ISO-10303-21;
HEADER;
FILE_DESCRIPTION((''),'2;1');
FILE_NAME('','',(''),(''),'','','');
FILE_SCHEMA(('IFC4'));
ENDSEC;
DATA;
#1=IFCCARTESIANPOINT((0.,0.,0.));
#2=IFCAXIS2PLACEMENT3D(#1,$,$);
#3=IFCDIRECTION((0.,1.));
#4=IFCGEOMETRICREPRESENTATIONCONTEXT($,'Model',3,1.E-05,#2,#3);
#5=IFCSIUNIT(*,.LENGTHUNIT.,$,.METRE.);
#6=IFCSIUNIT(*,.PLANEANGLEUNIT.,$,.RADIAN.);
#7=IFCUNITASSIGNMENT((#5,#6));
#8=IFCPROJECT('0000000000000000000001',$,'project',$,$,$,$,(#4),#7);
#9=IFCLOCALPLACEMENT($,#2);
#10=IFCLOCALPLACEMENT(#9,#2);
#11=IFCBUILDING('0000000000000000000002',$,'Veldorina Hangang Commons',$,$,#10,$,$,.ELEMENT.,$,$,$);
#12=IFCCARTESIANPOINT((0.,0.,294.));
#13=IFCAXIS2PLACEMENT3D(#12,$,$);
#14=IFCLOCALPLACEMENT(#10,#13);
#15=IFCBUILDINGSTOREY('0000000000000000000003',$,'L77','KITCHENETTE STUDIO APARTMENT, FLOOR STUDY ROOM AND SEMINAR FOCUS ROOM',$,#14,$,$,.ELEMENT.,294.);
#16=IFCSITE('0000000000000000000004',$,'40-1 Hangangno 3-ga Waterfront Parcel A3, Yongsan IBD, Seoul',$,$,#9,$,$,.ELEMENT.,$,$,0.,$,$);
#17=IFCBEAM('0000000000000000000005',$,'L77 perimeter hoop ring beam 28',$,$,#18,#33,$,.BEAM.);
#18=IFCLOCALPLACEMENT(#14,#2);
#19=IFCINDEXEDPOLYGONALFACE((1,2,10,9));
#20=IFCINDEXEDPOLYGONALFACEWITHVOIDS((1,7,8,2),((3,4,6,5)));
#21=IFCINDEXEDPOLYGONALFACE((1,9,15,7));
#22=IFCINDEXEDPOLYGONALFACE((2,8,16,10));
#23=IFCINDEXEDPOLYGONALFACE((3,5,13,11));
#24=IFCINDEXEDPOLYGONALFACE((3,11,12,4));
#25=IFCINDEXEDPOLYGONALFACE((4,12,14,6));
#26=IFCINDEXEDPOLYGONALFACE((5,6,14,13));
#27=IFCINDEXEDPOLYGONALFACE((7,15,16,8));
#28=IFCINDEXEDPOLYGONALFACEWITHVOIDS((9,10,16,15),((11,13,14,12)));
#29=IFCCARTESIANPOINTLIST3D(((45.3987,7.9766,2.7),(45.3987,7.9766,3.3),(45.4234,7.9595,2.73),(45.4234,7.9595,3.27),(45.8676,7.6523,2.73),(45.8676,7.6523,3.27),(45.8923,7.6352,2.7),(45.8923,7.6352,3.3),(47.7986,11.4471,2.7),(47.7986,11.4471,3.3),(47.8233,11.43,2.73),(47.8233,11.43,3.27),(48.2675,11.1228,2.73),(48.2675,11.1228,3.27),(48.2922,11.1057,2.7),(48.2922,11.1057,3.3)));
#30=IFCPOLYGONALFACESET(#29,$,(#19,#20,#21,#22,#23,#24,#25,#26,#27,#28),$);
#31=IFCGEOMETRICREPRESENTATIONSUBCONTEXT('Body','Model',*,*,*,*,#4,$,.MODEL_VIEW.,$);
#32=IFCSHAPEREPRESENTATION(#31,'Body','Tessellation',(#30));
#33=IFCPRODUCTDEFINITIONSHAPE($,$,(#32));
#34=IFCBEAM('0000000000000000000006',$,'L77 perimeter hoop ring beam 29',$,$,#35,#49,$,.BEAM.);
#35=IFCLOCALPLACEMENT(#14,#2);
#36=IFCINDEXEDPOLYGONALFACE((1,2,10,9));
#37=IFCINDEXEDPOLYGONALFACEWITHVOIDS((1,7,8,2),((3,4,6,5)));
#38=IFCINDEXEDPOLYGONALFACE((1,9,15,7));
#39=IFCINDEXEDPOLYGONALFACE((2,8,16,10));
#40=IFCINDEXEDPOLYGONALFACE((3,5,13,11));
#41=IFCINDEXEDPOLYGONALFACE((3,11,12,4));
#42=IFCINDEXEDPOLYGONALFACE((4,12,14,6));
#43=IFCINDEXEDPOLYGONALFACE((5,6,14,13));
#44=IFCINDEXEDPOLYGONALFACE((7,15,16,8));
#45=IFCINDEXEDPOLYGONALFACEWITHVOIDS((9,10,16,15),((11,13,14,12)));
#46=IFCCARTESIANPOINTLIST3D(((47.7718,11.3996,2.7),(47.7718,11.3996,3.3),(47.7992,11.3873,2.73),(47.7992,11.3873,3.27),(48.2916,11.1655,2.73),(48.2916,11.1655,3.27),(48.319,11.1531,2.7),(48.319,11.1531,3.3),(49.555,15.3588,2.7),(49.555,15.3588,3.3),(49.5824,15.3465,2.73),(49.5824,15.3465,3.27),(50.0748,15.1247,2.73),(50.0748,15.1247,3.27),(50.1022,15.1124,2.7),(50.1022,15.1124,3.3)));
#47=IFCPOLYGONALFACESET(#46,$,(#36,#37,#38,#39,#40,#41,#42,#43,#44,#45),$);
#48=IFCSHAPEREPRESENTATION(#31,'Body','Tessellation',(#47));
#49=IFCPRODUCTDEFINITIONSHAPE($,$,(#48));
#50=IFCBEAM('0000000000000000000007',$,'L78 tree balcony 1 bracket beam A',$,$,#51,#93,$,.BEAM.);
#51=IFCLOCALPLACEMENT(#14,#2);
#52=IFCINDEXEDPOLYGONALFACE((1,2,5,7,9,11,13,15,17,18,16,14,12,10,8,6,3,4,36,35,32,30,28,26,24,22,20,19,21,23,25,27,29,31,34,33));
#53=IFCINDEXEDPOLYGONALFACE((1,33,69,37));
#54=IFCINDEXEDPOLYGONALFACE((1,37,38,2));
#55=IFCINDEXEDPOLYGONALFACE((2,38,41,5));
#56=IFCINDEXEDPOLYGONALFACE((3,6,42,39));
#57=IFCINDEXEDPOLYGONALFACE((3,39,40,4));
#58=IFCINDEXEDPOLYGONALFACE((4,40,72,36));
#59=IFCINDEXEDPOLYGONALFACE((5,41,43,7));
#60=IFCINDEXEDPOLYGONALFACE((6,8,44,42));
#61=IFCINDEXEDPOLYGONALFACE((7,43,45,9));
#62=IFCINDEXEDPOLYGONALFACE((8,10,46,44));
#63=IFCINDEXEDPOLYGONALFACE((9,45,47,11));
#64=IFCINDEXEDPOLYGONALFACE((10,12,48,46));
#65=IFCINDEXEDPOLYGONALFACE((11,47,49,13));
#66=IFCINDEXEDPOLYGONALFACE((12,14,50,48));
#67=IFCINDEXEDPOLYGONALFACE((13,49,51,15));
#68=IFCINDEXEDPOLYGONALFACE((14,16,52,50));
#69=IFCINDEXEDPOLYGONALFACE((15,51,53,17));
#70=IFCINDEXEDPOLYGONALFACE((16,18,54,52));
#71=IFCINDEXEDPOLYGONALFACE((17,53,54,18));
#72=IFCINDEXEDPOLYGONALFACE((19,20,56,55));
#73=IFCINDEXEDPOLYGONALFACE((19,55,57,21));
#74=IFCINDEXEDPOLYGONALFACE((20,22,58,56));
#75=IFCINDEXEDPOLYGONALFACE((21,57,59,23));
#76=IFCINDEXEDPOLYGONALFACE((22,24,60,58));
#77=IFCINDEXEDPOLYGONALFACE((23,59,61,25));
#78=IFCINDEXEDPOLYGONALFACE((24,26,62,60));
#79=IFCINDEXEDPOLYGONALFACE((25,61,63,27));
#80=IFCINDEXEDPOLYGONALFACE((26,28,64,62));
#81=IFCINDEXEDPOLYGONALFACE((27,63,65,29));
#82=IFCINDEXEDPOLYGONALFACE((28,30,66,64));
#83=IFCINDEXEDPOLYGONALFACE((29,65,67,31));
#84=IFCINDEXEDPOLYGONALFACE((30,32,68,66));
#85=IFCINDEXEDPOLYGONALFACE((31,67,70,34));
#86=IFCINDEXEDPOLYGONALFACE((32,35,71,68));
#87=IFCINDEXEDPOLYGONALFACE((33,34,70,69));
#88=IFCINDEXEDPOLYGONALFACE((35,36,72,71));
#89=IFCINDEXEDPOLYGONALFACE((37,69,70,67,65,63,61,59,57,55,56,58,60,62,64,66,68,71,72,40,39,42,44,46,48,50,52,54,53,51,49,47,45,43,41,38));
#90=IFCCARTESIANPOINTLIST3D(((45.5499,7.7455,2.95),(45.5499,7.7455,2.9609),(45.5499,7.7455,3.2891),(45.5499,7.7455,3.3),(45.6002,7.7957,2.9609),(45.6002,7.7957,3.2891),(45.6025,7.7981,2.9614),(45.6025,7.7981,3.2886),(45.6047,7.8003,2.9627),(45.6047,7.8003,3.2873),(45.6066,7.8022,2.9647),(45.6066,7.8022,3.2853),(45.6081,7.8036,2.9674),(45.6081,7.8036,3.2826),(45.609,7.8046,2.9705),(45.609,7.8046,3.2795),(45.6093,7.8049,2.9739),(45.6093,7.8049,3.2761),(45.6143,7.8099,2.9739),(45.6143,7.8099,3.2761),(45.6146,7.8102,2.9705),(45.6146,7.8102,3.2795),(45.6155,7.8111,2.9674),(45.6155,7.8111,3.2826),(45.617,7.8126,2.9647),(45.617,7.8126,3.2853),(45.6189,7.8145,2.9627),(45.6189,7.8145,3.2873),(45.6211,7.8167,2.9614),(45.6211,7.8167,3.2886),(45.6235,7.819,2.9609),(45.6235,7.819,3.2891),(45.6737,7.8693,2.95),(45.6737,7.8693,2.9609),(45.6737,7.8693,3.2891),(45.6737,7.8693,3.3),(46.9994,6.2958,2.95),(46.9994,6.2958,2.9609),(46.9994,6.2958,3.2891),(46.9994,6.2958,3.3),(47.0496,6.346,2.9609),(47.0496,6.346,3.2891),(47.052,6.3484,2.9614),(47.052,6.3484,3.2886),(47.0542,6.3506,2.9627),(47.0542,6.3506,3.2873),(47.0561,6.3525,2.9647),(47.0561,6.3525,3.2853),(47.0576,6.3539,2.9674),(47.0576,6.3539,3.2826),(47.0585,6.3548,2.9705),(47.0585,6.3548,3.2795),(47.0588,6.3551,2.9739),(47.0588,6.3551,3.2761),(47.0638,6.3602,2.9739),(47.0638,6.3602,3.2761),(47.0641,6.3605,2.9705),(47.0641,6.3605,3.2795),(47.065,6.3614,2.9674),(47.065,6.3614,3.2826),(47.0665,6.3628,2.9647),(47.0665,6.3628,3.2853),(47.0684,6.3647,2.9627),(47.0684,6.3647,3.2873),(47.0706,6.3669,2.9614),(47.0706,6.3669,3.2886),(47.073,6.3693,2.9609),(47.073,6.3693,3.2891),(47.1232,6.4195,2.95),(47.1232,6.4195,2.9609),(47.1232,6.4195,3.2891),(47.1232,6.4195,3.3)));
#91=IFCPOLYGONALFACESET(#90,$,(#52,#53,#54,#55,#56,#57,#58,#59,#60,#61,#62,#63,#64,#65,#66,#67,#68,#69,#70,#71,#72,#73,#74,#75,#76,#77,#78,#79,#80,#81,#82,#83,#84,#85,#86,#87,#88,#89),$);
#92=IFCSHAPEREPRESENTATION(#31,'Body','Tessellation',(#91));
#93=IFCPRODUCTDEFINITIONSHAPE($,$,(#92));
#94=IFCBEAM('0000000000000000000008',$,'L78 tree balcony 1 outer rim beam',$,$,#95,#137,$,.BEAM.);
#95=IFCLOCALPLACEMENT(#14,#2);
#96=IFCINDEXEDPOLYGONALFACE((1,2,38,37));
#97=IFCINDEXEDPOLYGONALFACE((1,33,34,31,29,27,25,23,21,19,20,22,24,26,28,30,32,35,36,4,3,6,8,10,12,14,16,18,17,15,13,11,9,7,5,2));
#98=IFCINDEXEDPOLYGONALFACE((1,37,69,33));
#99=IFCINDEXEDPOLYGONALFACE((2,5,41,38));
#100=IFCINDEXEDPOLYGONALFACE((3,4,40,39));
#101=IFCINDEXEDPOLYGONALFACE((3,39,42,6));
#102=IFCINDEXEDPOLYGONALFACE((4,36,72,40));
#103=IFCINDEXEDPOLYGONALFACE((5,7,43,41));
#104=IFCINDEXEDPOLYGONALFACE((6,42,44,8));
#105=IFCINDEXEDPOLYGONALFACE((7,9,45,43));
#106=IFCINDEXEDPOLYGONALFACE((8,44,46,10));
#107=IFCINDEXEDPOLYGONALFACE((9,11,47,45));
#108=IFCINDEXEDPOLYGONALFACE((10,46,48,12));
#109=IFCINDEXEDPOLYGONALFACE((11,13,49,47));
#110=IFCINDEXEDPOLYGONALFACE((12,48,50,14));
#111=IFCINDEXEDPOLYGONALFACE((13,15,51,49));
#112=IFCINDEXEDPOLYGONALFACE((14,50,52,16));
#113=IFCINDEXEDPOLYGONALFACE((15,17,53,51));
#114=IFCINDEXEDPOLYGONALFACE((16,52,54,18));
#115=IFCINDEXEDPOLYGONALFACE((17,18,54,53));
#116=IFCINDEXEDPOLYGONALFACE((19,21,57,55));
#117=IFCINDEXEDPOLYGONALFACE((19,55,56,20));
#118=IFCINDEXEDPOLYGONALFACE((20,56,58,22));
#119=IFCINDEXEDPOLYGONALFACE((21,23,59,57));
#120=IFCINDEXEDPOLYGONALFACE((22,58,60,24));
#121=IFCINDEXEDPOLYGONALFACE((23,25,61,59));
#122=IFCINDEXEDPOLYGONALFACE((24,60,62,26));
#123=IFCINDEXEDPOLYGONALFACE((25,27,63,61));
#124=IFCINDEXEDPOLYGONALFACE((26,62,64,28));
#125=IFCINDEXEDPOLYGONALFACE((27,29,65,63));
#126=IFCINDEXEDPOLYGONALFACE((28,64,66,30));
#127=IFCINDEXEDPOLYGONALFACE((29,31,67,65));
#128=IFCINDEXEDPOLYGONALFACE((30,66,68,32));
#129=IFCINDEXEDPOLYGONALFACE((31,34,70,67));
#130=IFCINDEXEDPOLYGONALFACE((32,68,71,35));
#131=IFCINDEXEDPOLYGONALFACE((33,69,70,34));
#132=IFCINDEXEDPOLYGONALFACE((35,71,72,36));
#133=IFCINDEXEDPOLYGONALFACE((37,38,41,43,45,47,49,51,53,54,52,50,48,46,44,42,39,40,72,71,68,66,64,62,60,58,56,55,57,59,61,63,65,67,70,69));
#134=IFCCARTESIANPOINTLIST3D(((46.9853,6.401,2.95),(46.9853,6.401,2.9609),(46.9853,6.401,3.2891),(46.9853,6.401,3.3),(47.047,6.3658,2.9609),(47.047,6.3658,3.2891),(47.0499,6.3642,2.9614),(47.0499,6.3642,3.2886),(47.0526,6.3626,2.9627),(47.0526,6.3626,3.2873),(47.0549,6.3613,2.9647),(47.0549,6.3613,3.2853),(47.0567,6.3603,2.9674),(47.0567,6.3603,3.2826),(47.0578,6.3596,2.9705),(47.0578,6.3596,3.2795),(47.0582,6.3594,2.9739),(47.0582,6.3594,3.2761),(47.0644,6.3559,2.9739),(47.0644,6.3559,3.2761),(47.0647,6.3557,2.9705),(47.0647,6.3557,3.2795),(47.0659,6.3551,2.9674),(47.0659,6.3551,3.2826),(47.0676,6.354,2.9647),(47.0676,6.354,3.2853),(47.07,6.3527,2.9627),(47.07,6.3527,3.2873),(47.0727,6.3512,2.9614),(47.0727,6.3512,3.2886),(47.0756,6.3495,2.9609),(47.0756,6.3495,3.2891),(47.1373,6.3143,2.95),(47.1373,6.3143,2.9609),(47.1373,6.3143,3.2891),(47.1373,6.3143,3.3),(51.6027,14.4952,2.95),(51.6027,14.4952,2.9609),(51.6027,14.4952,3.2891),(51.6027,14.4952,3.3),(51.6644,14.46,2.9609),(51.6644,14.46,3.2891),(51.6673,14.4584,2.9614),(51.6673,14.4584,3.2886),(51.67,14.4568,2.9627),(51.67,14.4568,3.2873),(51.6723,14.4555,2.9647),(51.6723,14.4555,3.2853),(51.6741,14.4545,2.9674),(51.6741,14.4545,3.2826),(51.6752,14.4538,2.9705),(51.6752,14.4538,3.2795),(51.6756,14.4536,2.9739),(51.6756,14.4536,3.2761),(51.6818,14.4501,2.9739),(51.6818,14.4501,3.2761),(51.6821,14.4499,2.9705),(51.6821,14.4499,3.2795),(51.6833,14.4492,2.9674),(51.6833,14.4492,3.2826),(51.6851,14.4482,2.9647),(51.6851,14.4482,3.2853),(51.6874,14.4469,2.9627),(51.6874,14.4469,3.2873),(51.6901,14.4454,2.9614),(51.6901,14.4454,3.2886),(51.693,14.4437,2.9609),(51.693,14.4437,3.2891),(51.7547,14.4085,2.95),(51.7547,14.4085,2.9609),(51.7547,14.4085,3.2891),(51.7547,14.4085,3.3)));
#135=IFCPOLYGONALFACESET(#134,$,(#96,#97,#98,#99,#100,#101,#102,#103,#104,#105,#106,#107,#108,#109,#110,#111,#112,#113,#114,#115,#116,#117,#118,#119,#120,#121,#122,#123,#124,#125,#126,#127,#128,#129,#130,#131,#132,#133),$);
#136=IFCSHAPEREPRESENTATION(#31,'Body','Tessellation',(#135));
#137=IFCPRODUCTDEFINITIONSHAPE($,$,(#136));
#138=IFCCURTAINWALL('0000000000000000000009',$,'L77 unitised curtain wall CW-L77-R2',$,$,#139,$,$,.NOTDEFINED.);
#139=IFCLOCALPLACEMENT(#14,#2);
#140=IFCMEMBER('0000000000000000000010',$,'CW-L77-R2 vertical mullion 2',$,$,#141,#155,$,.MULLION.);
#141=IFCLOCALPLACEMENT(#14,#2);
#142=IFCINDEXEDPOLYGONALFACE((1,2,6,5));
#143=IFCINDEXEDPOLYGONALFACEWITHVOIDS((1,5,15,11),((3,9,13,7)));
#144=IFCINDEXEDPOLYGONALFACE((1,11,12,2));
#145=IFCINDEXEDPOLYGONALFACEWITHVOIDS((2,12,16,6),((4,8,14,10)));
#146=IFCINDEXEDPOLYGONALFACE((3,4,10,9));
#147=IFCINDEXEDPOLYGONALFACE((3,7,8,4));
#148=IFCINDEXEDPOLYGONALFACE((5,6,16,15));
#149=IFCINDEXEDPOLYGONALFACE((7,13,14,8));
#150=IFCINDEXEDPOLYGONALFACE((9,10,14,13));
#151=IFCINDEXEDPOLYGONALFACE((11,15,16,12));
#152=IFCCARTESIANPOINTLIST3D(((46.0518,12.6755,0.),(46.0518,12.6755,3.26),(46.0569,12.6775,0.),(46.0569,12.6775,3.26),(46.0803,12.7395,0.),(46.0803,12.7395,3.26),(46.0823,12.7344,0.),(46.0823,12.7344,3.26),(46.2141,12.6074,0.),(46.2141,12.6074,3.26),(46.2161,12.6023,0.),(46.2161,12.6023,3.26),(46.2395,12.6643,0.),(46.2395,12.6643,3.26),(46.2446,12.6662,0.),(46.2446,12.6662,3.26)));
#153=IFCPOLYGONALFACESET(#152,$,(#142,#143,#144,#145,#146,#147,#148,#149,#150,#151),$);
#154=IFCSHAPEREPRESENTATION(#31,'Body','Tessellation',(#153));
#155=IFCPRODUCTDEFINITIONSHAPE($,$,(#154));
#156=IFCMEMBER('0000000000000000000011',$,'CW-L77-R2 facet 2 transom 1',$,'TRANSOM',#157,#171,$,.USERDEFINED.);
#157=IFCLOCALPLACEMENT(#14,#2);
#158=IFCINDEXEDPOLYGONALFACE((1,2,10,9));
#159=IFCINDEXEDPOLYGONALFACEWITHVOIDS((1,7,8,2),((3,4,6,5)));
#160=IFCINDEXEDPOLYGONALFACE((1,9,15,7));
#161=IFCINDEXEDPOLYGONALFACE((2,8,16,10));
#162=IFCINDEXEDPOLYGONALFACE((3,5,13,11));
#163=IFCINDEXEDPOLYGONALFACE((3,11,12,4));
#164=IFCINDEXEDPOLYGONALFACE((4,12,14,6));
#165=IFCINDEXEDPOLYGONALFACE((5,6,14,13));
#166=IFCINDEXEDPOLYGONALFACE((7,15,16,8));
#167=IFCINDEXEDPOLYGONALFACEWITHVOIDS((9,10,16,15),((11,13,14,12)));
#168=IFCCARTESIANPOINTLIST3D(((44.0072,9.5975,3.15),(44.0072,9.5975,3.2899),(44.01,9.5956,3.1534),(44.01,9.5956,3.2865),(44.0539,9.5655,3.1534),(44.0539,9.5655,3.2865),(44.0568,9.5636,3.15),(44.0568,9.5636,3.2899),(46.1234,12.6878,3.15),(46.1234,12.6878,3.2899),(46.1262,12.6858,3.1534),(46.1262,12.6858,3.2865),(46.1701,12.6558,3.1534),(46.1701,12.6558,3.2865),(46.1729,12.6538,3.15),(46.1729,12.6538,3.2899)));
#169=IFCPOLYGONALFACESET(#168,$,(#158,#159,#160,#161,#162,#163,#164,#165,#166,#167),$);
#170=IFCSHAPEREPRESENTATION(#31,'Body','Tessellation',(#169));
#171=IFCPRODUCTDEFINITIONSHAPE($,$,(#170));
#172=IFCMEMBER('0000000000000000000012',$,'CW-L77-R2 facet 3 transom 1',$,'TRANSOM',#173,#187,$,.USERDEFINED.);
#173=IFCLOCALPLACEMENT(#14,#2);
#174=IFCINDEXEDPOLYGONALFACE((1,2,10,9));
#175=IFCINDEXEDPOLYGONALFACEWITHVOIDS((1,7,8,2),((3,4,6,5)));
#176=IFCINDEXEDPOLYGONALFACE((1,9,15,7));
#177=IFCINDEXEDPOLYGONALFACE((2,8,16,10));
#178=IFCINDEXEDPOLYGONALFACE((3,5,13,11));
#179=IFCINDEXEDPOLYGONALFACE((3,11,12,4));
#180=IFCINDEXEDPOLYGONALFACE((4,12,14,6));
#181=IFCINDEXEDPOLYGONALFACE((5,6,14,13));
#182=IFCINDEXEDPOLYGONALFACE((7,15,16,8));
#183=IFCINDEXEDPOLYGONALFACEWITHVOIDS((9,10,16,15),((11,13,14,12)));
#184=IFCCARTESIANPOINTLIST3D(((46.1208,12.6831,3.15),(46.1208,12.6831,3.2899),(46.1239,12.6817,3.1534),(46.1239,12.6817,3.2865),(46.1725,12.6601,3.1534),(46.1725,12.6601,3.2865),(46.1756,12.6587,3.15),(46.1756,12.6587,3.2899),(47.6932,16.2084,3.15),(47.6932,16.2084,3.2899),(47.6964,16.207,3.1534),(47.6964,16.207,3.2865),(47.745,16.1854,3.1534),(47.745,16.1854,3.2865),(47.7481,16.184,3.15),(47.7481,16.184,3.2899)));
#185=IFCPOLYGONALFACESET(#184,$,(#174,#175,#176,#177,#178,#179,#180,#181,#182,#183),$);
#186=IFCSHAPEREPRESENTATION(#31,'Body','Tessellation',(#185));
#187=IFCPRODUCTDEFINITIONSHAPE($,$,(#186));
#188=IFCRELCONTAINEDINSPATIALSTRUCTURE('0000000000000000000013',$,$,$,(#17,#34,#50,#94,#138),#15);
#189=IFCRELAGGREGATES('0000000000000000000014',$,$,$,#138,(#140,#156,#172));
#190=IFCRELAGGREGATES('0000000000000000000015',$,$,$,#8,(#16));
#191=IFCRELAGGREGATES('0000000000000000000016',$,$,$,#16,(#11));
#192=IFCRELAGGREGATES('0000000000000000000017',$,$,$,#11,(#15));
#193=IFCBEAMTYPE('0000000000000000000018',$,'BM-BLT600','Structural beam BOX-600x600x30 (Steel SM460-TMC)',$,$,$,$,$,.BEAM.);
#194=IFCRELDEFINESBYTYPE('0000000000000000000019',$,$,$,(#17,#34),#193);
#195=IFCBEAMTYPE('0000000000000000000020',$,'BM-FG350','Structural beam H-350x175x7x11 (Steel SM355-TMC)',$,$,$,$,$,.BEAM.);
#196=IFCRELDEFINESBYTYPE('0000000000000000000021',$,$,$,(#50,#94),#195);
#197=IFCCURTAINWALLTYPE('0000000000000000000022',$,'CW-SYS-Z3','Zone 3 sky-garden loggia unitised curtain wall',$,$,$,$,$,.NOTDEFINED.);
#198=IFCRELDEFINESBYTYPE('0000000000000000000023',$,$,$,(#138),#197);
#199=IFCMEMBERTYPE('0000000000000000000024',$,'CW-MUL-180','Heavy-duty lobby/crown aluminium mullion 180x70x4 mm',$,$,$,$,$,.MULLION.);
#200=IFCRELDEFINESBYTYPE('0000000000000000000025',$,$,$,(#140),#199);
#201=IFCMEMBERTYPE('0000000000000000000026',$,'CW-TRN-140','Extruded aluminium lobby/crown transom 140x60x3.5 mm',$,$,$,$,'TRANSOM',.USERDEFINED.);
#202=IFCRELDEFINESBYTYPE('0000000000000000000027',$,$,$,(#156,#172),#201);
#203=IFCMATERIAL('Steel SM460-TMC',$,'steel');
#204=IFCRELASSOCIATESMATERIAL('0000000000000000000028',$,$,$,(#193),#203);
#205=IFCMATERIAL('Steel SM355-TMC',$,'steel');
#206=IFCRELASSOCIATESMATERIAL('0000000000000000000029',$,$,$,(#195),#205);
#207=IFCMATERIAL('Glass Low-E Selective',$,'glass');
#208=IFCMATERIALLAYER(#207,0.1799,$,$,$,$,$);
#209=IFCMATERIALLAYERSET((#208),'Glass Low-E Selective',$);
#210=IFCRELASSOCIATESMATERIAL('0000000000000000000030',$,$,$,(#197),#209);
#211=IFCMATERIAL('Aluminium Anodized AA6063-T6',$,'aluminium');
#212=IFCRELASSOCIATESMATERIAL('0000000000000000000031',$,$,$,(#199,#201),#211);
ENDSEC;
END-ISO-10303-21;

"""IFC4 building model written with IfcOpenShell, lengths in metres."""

from ifc_helpers import new_model, si_unit, direction, frame, origin, origin_2d, place, context, subcontext, project, spatial, hollow_rectangle, i_section, extrude, material, layer, layer_set, material_profile, profile_set, type_object, element, aggregate, save


model = new_model("IFC4")

# Units and contexts
model_context = context("Model", 3, precision=1e-05, world=origin(), true_north=direction((0.0, 1.0)))
body_context = subcontext(model_context, "Body", "Model", "MODEL_VIEW")
ifc_project = project(units=[si_unit("LENGTHUNIT", "METRE"), si_unit("PLANEANGLEUNIT", "RADIAN")], contexts=[model_context])

# Site, building, storey
site_placement = place(None, origin())
site = spatial("IfcSite", under=ifc_project, at=site_placement, Name="40-1 Hangangno 3-ga Waterfront Parcel A3, Yongsan IBD, Seoul", CompositionType="ELEMENT", RefElevation=0.0)
building_placement = place(site_placement, origin())
building = spatial("IfcBuilding", under=site, at=building_placement, Name="Veldorina Hangang Commons", CompositionType="ELEMENT")
storey_placement = place(building_placement, frame((0.0, 0.0, 294.0)))
storey = spatial("IfcBuildingStorey", under=building, at=storey_placement, Name="L77", Description="KITCHENETTE STUDIO APARTMENT, FLOOR STUDY ROOM AND SEMINAR FOCUS ROOM", CompositionType="ELEMENT", Elevation=294.0)

# Beams
ifc_material_1 = material(Name="Steel SM460-TMC", Category="steel")
ifc_material_profile_1 = material_profile(ifc_material_1, hollow_rectangle(XDim=0.6001, YDim=0.6001, WallThickness=0.03, at=origin_2d()), Name="BOX-600x600x30")
ifc_profile_set_1 = profile_set([ifc_material_profile_1], Name="Steel SM460-TMC")
beam_type_1 = type_object("IfcBeamType", Name="BM-BLT600", Description="Structural beam BOX-600x600x30 (Steel SM460-TMC)", PredefinedType="BEAM", material=ifc_profile_set_1)
beam_1_placement = place(storey_placement, frame((45.6455, 7.8059, 3.0), z_axis=(0.568774, 0.822494, 0.0), x_axis=(-0.822494, 0.568774, 0.0)))
element("IfcBeam", 1, at=beam_1_placement, inside=storey, type_object=beam_type_1, Name="L77 perimeter hoop ring beam 28", PredefinedType="BEAM", context=body_context, shape_type="SweptSolid", body=[
    extrude(hollow_rectangle(XDim=0.6001, YDim=0.6001, WallThickness=0.03, at=origin_2d()), origin(), (0.0, 0.0, 1.0), 4.2195),
])
beam_2_placement = place(storey_placement, frame((48.0454, 11.2764, 3.0), z_axis=(0.410662, 0.911788, 0.0), x_axis=(-0.911788, 0.410662, 0.0)))
element("IfcBeam", 2, at=beam_2_placement, inside=storey, type_object=beam_type_1, Name="L77 perimeter hoop ring beam 29", PredefinedType="BEAM", context=body_context, shape_type="SweptSolid", body=[
    extrude(hollow_rectangle(XDim=0.6001, YDim=0.6001, WallThickness=0.03, at=origin_2d()), origin(), (0.0, 0.0, 1.0), 4.3423),
])
ifc_material_2 = material(Name="Steel SM355-TMC", Category="steel")
ifc_material_profile_2 = material_profile(ifc_material_2, i_section(OverallWidth=0.175, OverallDepth=0.3501, WebThickness=0.0071, FlangeThickness=0.011, FilletRadius=0.0129, at=origin_2d()), Name="H-350x175x7x11")
ifc_profile_set_2 = profile_set([ifc_material_profile_2], Name="Steel SM355-TMC")
beam_type_2 = type_object("IfcBeamType", Name="BM-FG350", Description="Structural beam H-350x175x7x11 (Steel SM355-TMC)", PredefinedType="BEAM", material=ifc_profile_set_2)
beam_3_placement = place(storey_placement, frame((45.6118, 7.8074, 3.125), z_axis=(0.707047, -0.707166, 0.0), x_axis=(0.707166, 0.707047, 0.0)))
element("IfcBeam", 3, at=beam_3_placement, inside=storey, type_object=beam_type_2, Name="L78 tree balcony 1 bracket beam A", PredefinedType="BEAM", context=body_context, shape_type="SweptSolid", body=[
    extrude(i_section(OverallWidth=0.175, OverallDepth=0.3501, WebThickness=0.0071, FlangeThickness=0.011, FilletRadius=0.0129, at=origin_2d()), origin(), (0.0, 0.0, 1.0), 2.05),
])
beam_4_placement = place(storey_placement, frame((47.0613, 6.3577, 3.125), z_axis=(0.495504, 0.868606, 0.0), x_axis=(-0.868606, 0.495504, 0.0)))
element("IfcBeam", 4, at=beam_4_placement, inside=storey, type_object=beam_type_2, Name="L78 tree balcony 1 outer rim beam", PredefinedType="BEAM", context=body_context, shape_type="SweptSolid", body=[
    extrude(i_section(OverallWidth=0.175, OverallDepth=0.3501, WebThickness=0.0071, FlangeThickness=0.011, FilletRadius=0.0129, at=origin_2d()), origin(), (0.0, 0.0, 1.0), 9.3186),
])

# Curtain wall, members
ifc_material_3 = material(Name="Glass Low-E Selective", Category="glass")
ifc_layer_1 = layer(ifc_material_3, 0.1799)
ifc_layer_set_1 = layer_set([ifc_layer_1], Name="Glass Low-E Selective")
curtain_wall_type = type_object("IfcCurtainWallType", Name="CW-SYS-Z3", Description="Zone 3 sky-garden loggia unitised curtain wall", PredefinedType="NOTDEFINED", material=ifc_layer_set_1)
curtain_wall_placement = place(storey_placement, origin())
curtain_wall = element("IfcCurtainWall", 5, at=curtain_wall_placement, inside=storey, type_object=curtain_wall_type, Name="L77 unitised curtain wall CW-L77-R2", PredefinedType="NOTDEFINED")
ifc_material_4 = material(Name="Aluminium Anodized AA6063-T6", Category="aluminium")
ifc_material_profile_3 = material_profile(ifc_material_4, hollow_rectangle(XDim=0.0701, YDim=0.1799, WallThickness=0.0039, at=origin_2d()), Name="ALU-RHS-180x70x4")
ifc_profile_set_3 = profile_set([ifc_material_profile_3], Name="Aluminium Anodized AA6063-T6")
member_type_1 = type_object("IfcMemberType", Name="CW-MUL-180", Description="Heavy-duty lobby/crown aluminium mullion 180x70x4 mm", PredefinedType="MULLION", material=ifc_profile_set_3)
member_1_placement = place(storey_placement, frame((46.1482, 12.6709, 0.0), z_axis=(0.0, 0.0, 1.0), x_axis=(0.407327, 0.913283, 0.0)))
member_1 = element("IfcMember", 6, at=member_1_placement, type_object=member_type_1, Name="CW-L77-R2 vertical mullion 2", PredefinedType="MULLION", context=body_context, shape_type="SweptSolid", body=[
    extrude(hollow_rectangle(XDim=0.0701, YDim=0.1799, WallThickness=0.0039, at=origin_2d()), origin(), (0.0, 0.0, 1.0), 3.26),
])
ifc_material_profile_4 = material_profile(ifc_material_4, hollow_rectangle(XDim=0.0601, YDim=0.1399, WallThickness=0.0034, at=origin_2d()), Name="ALU-RHS-140x60x3.5")
ifc_profile_set_4 = profile_set([ifc_material_profile_4], Name="Aluminium Anodized AA6063-T6")
member_type_2 = type_object("IfcMemberType", Name="CW-TRN-140", Description="Extruded aluminium lobby/crown transom 140x60x3.5 mm", ElementType="TRANSOM", PredefinedType="USERDEFINED", material=ifc_profile_set_4)
member_2_placement = place(storey_placement, frame((44.032, 9.5806, 3.22), z_axis=(0.565006, 0.825087, 0.0), x_axis=(-0.825087, 0.565006, 0.0)))
member_2 = element("IfcMember", 7, at=member_2_placement, type_object=member_type_2, Name="CW-L77-R2 facet 2 transom 1", ObjectType="TRANSOM", PredefinedType="USERDEFINED", context=body_context, shape_type="SweptSolid", body=[
    extrude(hollow_rectangle(XDim=0.0601, YDim=0.1399, WallThickness=0.0034, at=origin_2d()), origin(), (0.0, 0.0, 1.0), 3.7454),
])
member_3_placement = place(storey_placement, frame((46.1482, 12.6709, 3.22), z_axis=(0.407365, 0.913266, 0.0), x_axis=(-0.913266, 0.407365, 0.0)))
member_3 = element("IfcMember", 8, at=member_3_placement, type_object=member_type_2, Name="CW-L77-R2 facet 3 transom 1", ObjectType="TRANSOM", PredefinedType="USERDEFINED", context=body_context, shape_type="SweptSolid", body=[
    extrude(hollow_rectangle(XDim=0.0601, YDim=0.1399, WallThickness=0.0034, at=origin_2d()), origin(), (0.0, 0.0, 1.0), 3.8601),
])

aggregate(curtain_wall, [member_1, member_2, member_3])

save(model, "model.ifc")
